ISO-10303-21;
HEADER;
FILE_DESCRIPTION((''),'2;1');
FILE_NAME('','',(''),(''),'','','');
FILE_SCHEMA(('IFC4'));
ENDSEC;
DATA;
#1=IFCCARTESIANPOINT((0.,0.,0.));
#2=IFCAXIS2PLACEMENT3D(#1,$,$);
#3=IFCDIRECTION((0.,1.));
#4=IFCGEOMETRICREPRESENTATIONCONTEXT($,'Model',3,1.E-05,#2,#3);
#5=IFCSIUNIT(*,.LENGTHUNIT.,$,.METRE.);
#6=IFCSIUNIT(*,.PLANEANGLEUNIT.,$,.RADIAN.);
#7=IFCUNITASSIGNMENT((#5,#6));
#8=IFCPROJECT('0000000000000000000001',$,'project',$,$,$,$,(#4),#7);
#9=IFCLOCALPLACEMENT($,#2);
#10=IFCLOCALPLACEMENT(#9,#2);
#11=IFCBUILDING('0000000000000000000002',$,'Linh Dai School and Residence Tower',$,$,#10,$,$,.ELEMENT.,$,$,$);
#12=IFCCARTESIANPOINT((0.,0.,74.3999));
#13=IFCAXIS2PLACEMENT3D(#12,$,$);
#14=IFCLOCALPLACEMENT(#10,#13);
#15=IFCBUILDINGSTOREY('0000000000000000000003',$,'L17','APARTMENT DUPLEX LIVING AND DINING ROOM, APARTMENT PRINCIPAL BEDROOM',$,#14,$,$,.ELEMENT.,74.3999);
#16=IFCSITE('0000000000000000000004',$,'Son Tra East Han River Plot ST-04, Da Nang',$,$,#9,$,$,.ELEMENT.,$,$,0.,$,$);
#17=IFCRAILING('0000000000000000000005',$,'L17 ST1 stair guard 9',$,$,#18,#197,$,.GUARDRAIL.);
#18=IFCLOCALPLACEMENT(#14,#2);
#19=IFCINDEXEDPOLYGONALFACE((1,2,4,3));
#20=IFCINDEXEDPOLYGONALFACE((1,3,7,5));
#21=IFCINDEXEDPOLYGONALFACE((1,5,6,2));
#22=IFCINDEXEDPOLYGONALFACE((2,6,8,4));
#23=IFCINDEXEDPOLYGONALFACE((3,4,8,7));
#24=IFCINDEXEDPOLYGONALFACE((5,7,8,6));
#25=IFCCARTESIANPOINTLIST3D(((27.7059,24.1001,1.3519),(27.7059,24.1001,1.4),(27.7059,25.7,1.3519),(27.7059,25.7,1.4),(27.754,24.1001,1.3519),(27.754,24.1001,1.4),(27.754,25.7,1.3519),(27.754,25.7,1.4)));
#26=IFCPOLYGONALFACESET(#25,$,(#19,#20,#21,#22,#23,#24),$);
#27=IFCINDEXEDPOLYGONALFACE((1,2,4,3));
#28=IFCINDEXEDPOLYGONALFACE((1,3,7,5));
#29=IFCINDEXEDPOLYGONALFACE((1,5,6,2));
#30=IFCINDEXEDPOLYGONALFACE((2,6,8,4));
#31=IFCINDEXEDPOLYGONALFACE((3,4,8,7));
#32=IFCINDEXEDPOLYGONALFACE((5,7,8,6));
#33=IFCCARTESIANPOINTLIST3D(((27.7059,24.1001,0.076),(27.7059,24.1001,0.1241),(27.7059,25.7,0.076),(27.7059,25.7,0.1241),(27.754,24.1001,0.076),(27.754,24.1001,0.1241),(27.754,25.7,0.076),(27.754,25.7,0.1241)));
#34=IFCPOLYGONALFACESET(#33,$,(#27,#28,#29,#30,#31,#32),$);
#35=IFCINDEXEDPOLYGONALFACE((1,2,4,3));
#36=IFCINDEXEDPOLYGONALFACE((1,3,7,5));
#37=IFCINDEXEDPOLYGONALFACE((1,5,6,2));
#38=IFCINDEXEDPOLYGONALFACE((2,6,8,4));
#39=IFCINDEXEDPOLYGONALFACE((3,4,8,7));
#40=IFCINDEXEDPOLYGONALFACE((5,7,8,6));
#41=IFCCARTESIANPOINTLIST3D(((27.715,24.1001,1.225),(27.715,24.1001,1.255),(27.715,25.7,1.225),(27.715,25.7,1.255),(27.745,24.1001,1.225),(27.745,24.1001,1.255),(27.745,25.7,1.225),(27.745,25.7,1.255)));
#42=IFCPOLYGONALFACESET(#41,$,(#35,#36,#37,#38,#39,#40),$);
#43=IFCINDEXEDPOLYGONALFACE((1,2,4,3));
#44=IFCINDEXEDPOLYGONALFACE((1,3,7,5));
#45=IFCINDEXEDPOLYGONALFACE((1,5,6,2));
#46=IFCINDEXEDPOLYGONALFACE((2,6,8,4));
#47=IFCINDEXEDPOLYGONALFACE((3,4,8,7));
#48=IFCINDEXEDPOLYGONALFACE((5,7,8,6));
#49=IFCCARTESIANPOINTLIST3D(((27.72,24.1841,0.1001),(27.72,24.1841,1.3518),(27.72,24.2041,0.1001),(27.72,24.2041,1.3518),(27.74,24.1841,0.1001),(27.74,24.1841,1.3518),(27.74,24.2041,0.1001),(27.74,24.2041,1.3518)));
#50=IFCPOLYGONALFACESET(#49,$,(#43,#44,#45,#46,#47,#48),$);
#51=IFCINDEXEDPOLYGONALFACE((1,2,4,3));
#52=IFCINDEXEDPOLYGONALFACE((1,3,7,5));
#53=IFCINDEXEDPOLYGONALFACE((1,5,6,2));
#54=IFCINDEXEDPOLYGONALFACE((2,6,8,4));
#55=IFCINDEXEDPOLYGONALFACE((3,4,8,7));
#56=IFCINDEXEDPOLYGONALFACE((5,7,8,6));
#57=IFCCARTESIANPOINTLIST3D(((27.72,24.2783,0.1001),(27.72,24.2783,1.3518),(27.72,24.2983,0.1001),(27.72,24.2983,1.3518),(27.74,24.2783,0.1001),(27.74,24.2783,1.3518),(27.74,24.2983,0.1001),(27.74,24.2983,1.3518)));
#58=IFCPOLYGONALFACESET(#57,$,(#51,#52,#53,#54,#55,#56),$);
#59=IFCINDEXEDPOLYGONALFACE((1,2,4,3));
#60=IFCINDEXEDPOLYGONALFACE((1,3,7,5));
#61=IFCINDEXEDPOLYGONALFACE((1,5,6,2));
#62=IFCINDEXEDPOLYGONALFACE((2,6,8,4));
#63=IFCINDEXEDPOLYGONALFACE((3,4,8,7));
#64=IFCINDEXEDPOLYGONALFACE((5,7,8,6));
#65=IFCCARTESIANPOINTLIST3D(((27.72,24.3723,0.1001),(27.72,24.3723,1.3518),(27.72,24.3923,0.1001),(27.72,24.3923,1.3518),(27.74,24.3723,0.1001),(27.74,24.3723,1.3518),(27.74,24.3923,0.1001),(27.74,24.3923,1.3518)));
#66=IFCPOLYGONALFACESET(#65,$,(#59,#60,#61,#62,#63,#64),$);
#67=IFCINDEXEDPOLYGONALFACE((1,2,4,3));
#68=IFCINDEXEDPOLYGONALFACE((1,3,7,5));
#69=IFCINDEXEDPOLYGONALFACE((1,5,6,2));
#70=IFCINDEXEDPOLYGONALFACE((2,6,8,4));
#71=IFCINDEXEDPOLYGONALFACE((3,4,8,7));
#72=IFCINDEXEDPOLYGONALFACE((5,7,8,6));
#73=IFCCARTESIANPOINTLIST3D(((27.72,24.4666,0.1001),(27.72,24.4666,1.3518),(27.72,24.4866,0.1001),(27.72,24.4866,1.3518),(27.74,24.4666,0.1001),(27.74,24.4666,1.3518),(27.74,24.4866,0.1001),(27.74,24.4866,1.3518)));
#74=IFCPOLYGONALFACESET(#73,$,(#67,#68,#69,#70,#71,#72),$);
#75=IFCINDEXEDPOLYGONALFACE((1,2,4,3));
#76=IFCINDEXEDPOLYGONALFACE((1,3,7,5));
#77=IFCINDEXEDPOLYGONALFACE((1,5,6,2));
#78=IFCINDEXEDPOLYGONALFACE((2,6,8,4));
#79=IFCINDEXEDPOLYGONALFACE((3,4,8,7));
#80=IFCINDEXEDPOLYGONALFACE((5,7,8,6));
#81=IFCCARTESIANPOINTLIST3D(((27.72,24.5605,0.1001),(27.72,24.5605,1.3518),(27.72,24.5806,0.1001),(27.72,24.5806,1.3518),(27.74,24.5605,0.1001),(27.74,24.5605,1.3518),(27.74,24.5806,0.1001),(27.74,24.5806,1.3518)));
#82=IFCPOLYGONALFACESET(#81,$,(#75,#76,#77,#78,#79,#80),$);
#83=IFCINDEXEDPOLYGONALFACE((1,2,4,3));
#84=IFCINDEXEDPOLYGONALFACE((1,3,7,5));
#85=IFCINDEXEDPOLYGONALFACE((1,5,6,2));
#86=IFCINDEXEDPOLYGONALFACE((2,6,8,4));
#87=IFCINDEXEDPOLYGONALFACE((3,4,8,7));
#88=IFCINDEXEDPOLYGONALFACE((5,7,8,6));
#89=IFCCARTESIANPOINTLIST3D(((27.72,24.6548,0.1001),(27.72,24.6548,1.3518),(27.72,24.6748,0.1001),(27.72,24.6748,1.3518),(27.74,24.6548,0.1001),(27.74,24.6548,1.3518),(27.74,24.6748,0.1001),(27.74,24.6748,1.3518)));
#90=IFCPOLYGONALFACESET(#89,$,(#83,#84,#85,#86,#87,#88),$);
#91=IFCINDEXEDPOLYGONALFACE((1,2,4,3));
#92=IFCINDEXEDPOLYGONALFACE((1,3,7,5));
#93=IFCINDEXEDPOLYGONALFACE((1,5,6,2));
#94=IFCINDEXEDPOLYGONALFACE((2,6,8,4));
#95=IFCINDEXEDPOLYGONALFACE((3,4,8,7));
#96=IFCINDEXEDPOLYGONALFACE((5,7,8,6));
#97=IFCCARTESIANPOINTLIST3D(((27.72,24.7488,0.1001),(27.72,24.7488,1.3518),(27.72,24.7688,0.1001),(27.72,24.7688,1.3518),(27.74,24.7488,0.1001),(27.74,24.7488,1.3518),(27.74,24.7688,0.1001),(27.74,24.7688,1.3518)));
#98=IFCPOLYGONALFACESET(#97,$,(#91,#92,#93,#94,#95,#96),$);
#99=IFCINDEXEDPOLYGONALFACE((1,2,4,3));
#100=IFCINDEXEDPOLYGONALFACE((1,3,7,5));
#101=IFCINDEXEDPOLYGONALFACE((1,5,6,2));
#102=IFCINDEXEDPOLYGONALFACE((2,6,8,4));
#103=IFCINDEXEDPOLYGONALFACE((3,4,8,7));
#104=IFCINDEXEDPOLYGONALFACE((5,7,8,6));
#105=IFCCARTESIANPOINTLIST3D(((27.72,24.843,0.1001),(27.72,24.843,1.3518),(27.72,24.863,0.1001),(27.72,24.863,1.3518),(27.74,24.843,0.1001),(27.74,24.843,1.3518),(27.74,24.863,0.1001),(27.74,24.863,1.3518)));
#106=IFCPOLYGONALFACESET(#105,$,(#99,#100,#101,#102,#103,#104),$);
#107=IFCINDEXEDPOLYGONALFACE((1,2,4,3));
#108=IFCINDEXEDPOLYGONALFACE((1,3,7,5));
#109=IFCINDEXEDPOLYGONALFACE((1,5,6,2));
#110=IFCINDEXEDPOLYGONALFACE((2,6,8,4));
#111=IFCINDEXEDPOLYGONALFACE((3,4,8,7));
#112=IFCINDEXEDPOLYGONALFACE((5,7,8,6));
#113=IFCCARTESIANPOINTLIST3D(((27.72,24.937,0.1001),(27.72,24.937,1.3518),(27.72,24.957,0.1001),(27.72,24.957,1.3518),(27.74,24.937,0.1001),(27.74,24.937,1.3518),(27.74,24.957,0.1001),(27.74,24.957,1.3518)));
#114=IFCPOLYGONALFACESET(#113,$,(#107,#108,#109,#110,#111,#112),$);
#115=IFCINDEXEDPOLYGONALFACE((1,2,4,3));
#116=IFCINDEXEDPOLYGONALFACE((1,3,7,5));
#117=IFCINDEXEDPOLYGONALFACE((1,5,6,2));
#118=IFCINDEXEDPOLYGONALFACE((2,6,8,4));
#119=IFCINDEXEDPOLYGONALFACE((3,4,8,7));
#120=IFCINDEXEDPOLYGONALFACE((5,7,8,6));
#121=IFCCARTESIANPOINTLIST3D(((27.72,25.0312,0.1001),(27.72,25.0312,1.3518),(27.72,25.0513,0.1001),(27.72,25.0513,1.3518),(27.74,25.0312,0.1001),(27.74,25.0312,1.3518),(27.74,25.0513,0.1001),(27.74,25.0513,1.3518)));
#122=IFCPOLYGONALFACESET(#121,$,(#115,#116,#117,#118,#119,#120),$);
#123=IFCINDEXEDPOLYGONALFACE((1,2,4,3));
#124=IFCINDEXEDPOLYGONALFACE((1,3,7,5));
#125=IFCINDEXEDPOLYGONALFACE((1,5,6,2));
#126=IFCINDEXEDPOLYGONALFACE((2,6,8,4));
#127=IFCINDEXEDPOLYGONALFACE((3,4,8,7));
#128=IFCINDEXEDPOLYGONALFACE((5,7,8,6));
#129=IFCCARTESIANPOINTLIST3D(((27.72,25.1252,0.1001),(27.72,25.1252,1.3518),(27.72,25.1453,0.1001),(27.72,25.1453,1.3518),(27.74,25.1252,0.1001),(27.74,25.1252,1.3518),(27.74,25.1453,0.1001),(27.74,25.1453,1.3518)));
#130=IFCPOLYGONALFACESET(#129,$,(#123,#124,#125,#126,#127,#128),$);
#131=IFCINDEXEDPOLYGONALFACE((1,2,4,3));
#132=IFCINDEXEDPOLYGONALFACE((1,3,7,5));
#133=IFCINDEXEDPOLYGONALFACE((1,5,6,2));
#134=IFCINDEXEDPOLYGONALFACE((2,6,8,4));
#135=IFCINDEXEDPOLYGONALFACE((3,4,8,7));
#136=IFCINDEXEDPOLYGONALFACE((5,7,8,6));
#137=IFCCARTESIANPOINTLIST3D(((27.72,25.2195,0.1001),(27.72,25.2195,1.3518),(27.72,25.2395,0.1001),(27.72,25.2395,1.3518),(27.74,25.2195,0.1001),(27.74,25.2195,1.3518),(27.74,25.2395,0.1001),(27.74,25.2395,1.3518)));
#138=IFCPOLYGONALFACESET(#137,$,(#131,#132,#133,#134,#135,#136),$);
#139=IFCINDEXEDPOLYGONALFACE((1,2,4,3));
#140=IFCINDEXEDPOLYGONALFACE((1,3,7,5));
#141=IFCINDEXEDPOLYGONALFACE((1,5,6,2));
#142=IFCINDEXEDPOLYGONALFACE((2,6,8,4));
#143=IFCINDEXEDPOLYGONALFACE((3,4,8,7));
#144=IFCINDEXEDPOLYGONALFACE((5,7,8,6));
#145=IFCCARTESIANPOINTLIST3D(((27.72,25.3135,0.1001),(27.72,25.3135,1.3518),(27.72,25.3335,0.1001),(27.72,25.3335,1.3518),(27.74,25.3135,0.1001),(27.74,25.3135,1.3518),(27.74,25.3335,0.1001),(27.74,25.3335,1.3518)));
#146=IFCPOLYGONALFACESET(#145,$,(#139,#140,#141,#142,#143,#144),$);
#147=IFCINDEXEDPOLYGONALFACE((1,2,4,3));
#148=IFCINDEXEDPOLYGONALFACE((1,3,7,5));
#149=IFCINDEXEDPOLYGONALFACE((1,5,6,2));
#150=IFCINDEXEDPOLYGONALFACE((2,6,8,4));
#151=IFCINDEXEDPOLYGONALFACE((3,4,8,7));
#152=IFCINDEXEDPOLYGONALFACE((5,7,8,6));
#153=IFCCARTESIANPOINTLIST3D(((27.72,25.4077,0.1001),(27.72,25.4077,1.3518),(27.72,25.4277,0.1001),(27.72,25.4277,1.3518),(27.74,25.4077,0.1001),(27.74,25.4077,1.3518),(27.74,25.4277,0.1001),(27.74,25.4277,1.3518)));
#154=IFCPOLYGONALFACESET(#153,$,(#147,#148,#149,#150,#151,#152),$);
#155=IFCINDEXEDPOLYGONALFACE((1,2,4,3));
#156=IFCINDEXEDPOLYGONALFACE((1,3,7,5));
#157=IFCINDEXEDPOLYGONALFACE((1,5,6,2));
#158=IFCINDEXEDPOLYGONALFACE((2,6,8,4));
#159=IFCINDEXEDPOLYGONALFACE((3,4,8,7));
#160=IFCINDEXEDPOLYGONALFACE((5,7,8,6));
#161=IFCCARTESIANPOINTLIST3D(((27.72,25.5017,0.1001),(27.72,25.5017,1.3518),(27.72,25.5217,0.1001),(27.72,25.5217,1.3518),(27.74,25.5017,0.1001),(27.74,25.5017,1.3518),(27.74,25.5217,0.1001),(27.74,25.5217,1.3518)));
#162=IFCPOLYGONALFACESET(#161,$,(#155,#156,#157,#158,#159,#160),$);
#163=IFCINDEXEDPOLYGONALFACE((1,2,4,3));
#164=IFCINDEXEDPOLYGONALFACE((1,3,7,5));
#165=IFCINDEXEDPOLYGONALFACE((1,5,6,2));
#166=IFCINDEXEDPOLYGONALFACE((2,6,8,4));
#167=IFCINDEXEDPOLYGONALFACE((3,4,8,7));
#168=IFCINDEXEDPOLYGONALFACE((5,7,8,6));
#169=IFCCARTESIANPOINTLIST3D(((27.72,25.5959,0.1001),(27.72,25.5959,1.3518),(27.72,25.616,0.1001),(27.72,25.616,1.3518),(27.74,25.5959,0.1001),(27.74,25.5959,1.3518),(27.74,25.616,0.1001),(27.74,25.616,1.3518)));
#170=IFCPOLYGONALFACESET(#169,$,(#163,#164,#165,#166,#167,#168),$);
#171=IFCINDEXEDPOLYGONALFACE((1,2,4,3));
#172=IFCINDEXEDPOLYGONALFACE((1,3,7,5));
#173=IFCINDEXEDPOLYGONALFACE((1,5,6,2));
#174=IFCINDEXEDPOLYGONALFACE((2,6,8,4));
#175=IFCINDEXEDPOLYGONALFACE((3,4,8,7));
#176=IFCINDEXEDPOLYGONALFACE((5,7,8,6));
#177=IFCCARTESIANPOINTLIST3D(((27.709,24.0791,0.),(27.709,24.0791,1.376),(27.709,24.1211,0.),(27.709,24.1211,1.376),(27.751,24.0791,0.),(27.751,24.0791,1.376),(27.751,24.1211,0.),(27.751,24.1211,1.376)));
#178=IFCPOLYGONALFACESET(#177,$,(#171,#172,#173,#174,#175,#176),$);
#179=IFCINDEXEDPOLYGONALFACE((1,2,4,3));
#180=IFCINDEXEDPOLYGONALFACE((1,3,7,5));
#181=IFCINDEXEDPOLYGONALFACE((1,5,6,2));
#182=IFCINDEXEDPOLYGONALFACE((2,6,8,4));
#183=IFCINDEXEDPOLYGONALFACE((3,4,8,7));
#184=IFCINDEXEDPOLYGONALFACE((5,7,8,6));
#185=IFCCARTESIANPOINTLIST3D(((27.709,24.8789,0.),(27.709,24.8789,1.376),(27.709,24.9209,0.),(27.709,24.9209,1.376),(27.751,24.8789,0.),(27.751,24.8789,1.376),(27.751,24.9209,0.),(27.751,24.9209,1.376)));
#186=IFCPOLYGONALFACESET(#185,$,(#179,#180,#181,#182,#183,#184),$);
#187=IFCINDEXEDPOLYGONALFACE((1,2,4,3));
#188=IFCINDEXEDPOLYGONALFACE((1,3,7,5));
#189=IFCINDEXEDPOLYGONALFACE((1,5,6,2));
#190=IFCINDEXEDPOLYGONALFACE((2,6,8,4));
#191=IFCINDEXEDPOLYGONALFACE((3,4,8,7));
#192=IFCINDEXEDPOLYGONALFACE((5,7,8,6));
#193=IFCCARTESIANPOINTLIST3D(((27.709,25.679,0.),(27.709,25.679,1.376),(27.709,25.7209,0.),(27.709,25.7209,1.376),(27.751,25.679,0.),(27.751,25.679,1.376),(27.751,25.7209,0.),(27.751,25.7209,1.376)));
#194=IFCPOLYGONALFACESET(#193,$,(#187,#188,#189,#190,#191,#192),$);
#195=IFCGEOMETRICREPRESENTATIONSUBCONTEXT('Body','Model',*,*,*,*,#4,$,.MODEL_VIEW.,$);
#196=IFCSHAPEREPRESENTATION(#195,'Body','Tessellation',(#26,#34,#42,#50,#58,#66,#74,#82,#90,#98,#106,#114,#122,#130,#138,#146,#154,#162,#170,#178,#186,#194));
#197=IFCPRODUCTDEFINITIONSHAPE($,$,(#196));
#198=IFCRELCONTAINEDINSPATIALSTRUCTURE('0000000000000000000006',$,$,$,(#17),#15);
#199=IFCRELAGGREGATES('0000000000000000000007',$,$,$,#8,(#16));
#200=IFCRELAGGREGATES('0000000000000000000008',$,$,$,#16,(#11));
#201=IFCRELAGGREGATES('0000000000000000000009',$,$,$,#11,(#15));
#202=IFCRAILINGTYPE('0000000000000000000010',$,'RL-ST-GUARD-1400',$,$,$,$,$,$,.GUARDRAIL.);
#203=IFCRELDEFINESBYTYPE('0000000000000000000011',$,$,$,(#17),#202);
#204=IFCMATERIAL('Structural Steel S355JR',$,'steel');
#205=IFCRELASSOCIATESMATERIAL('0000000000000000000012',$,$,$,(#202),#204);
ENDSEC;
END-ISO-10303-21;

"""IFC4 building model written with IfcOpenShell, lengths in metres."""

from ifc_helpers import new_model, si_unit, direction, frame, origin, origin_2d, place, context, subcontext, project, spatial, rectangle, extrude, source, transform, mapped, material, type_object, element, save


model = new_model("IFC4")

# Units and contexts
model_context = context("Model", 3, precision=1e-05, world=origin(), true_north=direction((0.0, 1.0)))
body_context = subcontext(model_context, "Body", "Model", "MODEL_VIEW")
ifc_project = project(units=[si_unit("LENGTHUNIT", "METRE"), si_unit("PLANEANGLEUNIT", "RADIAN")], contexts=[model_context])

# Site, building, storey
site_placement = place(None, origin())
site = spatial("IfcSite", under=ifc_project, at=site_placement, Name="Son Tra East Han River Plot ST-04, Da Nang", CompositionType="ELEMENT", RefElevation=0.0)
building_placement = place(site_placement, origin())
building = spatial("IfcBuilding", under=site, at=building_placement, Name="Linh Dai School and Residence Tower", CompositionType="ELEMENT")
storey_placement = place(building_placement, frame((0.0, 0.0, 74.3999)))
storey = spatial("IfcBuildingStorey", under=building, at=storey_placement, Name="L17", Description="APARTMENT DUPLEX LIVING AND DINING ROOM, APARTMENT PRINCIPAL BEDROOM", CompositionType="ELEMENT", Elevation=74.3999)

# Shared definitions
ifc_material_1 = material(Name="Structural Steel S355JR", Category="steel")

# Railing
railing_type_1 = type_object("IfcRailingType", Name="RL-ST-GUARD-1400", PredefinedType="GUARDRAIL", material=ifc_material_1)
shared_shape_1 = source(origin(), body_context, "Body", "SweptSolid", [
    extrude(rectangle(XDim=0.0481, YDim=0.0481, at=origin_2d()), frame((0.0, 0.0, 1.376), z_axis=(0.0, 1.0, 0.0), x_axis=(-1.0, 0.0, 0.0)), (0.0, 0.0, 1.0), 1.5999),
    extrude(rectangle(XDim=0.0481, YDim=0.0481, at=origin_2d()), frame((0.0, 0.0, 0.1001), z_axis=(0.0, 1.0, 0.0), x_axis=(-1.0, 0.0, 0.0)), (0.0, 0.0, 1.0), 1.5999),
    extrude(rectangle(XDim=0.03, YDim=0.03, at=origin_2d()), frame((0.0, 0.0, 1.24), z_axis=(0.0, 1.0, 0.0), x_axis=(-1.0, 0.0, 0.0)), (0.0, 0.0, 1.0), 1.5999),
    extrude(rectangle(XDim=0.02, YDim=0.02, at=origin_2d()), frame((0.0, 0.094, 0.1001)), (0.0, 0.0, 1.0), 1.2517),
    extrude(rectangle(XDim=0.02, YDim=0.02, at=origin_2d()), frame((0.0, 0.1882, 0.1001)), (0.0, 0.0, 1.0), 1.2517),
    extrude(rectangle(XDim=0.02, YDim=0.02, at=origin_2d()), frame((0.0, 0.2822, 0.1001)), (0.0, 0.0, 1.0), 1.2517),
    extrude(rectangle(XDim=0.02, YDim=0.02, at=origin_2d()), frame((0.0, 0.3765, 0.1001)), (0.0, 0.0, 1.0), 1.2517),
    extrude(rectangle(XDim=0.02, YDim=0.02, at=origin_2d()), frame((0.0, 0.4705, 0.1001)), (0.0, 0.0, 1.0), 1.2517),
    extrude(rectangle(XDim=0.02, YDim=0.02, at=origin_2d()), frame((0.0, 0.5647, 0.1001)), (0.0, 0.0, 1.0), 1.2517),
    extrude(rectangle(XDim=0.02, YDim=0.02, at=origin_2d()), frame((0.0, 0.6587, 0.1001)), (0.0, 0.0, 1.0), 1.2517),
    extrude(rectangle(XDim=0.02, YDim=0.02, at=origin_2d()), frame((0.0, 0.7529, 0.1001)), (0.0, 0.0, 1.0), 1.2517),
    extrude(rectangle(XDim=0.02, YDim=0.02, at=origin_2d()), frame((0.0, 0.8469, 0.1001)), (0.0, 0.0, 1.0), 1.2517),
    extrude(rectangle(XDim=0.02, YDim=0.02, at=origin_2d()), frame((0.0, 0.9412, 0.1001)), (0.0, 0.0, 1.0), 1.2517),
    extrude(rectangle(XDim=0.02, YDim=0.02, at=origin_2d()), frame((0.0, 1.0352, 0.1001)), (0.0, 0.0, 1.0), 1.2517),
    extrude(rectangle(XDim=0.02, YDim=0.02, at=origin_2d()), frame((0.0, 1.1294, 0.1001)), (0.0, 0.0, 1.0), 1.2517),
    extrude(rectangle(XDim=0.02, YDim=0.02, at=origin_2d()), frame((0.0, 1.2234, 0.1001)), (0.0, 0.0, 1.0), 1.2517),
    extrude(rectangle(XDim=0.02, YDim=0.02, at=origin_2d()), frame((0.0, 1.3176, 0.1001)), (0.0, 0.0, 1.0), 1.2517),
    extrude(rectangle(XDim=0.02, YDim=0.02, at=origin_2d()), frame((0.0, 1.4116, 0.1001)), (0.0, 0.0, 1.0), 1.2517),
    extrude(rectangle(XDim=0.02, YDim=0.02, at=origin_2d()), frame((0.0, 1.5059, 0.1001)), (0.0, 0.0, 1.0), 1.2517),
    extrude(rectangle(XDim=0.042, YDim=0.042, at=origin_2d()), origin(), (0.0, 0.0, 1.0), 1.376),
    extrude(rectangle(XDim=0.042, YDim=0.042, at=origin_2d()), frame((0.0, 0.7998, 0.0)), (0.0, 0.0, 1.0), 1.376),
    extrude(rectangle(XDim=0.042, YDim=0.042, at=origin_2d()), frame((0.0, 1.5999, 0.0)), (0.0, 0.0, 1.0), 1.376),
])
for number, where, name in (
    (1, (27.73, 24.1001, 0.0), "L17 ST1 stair guard 9"),
):
    element("IfcRailing", number, at=place(storey_placement, frame(where)), inside=storey, type_object=railing_type_1, Name=name, PredefinedType="GUARDRAIL", context=body_context, shape_type="MappedRepresentation", body=[
        mapped(shared_shape_1, transform((0.0, 0.0, 0.0), x_axis=(1.0, 0.0, 0.0), y_axis=(0.0, 1.0, 0.0), z_axis=(0.0, 0.0, 1.0), scale=1.0)),
    ])

save(model, "model.ifc")
